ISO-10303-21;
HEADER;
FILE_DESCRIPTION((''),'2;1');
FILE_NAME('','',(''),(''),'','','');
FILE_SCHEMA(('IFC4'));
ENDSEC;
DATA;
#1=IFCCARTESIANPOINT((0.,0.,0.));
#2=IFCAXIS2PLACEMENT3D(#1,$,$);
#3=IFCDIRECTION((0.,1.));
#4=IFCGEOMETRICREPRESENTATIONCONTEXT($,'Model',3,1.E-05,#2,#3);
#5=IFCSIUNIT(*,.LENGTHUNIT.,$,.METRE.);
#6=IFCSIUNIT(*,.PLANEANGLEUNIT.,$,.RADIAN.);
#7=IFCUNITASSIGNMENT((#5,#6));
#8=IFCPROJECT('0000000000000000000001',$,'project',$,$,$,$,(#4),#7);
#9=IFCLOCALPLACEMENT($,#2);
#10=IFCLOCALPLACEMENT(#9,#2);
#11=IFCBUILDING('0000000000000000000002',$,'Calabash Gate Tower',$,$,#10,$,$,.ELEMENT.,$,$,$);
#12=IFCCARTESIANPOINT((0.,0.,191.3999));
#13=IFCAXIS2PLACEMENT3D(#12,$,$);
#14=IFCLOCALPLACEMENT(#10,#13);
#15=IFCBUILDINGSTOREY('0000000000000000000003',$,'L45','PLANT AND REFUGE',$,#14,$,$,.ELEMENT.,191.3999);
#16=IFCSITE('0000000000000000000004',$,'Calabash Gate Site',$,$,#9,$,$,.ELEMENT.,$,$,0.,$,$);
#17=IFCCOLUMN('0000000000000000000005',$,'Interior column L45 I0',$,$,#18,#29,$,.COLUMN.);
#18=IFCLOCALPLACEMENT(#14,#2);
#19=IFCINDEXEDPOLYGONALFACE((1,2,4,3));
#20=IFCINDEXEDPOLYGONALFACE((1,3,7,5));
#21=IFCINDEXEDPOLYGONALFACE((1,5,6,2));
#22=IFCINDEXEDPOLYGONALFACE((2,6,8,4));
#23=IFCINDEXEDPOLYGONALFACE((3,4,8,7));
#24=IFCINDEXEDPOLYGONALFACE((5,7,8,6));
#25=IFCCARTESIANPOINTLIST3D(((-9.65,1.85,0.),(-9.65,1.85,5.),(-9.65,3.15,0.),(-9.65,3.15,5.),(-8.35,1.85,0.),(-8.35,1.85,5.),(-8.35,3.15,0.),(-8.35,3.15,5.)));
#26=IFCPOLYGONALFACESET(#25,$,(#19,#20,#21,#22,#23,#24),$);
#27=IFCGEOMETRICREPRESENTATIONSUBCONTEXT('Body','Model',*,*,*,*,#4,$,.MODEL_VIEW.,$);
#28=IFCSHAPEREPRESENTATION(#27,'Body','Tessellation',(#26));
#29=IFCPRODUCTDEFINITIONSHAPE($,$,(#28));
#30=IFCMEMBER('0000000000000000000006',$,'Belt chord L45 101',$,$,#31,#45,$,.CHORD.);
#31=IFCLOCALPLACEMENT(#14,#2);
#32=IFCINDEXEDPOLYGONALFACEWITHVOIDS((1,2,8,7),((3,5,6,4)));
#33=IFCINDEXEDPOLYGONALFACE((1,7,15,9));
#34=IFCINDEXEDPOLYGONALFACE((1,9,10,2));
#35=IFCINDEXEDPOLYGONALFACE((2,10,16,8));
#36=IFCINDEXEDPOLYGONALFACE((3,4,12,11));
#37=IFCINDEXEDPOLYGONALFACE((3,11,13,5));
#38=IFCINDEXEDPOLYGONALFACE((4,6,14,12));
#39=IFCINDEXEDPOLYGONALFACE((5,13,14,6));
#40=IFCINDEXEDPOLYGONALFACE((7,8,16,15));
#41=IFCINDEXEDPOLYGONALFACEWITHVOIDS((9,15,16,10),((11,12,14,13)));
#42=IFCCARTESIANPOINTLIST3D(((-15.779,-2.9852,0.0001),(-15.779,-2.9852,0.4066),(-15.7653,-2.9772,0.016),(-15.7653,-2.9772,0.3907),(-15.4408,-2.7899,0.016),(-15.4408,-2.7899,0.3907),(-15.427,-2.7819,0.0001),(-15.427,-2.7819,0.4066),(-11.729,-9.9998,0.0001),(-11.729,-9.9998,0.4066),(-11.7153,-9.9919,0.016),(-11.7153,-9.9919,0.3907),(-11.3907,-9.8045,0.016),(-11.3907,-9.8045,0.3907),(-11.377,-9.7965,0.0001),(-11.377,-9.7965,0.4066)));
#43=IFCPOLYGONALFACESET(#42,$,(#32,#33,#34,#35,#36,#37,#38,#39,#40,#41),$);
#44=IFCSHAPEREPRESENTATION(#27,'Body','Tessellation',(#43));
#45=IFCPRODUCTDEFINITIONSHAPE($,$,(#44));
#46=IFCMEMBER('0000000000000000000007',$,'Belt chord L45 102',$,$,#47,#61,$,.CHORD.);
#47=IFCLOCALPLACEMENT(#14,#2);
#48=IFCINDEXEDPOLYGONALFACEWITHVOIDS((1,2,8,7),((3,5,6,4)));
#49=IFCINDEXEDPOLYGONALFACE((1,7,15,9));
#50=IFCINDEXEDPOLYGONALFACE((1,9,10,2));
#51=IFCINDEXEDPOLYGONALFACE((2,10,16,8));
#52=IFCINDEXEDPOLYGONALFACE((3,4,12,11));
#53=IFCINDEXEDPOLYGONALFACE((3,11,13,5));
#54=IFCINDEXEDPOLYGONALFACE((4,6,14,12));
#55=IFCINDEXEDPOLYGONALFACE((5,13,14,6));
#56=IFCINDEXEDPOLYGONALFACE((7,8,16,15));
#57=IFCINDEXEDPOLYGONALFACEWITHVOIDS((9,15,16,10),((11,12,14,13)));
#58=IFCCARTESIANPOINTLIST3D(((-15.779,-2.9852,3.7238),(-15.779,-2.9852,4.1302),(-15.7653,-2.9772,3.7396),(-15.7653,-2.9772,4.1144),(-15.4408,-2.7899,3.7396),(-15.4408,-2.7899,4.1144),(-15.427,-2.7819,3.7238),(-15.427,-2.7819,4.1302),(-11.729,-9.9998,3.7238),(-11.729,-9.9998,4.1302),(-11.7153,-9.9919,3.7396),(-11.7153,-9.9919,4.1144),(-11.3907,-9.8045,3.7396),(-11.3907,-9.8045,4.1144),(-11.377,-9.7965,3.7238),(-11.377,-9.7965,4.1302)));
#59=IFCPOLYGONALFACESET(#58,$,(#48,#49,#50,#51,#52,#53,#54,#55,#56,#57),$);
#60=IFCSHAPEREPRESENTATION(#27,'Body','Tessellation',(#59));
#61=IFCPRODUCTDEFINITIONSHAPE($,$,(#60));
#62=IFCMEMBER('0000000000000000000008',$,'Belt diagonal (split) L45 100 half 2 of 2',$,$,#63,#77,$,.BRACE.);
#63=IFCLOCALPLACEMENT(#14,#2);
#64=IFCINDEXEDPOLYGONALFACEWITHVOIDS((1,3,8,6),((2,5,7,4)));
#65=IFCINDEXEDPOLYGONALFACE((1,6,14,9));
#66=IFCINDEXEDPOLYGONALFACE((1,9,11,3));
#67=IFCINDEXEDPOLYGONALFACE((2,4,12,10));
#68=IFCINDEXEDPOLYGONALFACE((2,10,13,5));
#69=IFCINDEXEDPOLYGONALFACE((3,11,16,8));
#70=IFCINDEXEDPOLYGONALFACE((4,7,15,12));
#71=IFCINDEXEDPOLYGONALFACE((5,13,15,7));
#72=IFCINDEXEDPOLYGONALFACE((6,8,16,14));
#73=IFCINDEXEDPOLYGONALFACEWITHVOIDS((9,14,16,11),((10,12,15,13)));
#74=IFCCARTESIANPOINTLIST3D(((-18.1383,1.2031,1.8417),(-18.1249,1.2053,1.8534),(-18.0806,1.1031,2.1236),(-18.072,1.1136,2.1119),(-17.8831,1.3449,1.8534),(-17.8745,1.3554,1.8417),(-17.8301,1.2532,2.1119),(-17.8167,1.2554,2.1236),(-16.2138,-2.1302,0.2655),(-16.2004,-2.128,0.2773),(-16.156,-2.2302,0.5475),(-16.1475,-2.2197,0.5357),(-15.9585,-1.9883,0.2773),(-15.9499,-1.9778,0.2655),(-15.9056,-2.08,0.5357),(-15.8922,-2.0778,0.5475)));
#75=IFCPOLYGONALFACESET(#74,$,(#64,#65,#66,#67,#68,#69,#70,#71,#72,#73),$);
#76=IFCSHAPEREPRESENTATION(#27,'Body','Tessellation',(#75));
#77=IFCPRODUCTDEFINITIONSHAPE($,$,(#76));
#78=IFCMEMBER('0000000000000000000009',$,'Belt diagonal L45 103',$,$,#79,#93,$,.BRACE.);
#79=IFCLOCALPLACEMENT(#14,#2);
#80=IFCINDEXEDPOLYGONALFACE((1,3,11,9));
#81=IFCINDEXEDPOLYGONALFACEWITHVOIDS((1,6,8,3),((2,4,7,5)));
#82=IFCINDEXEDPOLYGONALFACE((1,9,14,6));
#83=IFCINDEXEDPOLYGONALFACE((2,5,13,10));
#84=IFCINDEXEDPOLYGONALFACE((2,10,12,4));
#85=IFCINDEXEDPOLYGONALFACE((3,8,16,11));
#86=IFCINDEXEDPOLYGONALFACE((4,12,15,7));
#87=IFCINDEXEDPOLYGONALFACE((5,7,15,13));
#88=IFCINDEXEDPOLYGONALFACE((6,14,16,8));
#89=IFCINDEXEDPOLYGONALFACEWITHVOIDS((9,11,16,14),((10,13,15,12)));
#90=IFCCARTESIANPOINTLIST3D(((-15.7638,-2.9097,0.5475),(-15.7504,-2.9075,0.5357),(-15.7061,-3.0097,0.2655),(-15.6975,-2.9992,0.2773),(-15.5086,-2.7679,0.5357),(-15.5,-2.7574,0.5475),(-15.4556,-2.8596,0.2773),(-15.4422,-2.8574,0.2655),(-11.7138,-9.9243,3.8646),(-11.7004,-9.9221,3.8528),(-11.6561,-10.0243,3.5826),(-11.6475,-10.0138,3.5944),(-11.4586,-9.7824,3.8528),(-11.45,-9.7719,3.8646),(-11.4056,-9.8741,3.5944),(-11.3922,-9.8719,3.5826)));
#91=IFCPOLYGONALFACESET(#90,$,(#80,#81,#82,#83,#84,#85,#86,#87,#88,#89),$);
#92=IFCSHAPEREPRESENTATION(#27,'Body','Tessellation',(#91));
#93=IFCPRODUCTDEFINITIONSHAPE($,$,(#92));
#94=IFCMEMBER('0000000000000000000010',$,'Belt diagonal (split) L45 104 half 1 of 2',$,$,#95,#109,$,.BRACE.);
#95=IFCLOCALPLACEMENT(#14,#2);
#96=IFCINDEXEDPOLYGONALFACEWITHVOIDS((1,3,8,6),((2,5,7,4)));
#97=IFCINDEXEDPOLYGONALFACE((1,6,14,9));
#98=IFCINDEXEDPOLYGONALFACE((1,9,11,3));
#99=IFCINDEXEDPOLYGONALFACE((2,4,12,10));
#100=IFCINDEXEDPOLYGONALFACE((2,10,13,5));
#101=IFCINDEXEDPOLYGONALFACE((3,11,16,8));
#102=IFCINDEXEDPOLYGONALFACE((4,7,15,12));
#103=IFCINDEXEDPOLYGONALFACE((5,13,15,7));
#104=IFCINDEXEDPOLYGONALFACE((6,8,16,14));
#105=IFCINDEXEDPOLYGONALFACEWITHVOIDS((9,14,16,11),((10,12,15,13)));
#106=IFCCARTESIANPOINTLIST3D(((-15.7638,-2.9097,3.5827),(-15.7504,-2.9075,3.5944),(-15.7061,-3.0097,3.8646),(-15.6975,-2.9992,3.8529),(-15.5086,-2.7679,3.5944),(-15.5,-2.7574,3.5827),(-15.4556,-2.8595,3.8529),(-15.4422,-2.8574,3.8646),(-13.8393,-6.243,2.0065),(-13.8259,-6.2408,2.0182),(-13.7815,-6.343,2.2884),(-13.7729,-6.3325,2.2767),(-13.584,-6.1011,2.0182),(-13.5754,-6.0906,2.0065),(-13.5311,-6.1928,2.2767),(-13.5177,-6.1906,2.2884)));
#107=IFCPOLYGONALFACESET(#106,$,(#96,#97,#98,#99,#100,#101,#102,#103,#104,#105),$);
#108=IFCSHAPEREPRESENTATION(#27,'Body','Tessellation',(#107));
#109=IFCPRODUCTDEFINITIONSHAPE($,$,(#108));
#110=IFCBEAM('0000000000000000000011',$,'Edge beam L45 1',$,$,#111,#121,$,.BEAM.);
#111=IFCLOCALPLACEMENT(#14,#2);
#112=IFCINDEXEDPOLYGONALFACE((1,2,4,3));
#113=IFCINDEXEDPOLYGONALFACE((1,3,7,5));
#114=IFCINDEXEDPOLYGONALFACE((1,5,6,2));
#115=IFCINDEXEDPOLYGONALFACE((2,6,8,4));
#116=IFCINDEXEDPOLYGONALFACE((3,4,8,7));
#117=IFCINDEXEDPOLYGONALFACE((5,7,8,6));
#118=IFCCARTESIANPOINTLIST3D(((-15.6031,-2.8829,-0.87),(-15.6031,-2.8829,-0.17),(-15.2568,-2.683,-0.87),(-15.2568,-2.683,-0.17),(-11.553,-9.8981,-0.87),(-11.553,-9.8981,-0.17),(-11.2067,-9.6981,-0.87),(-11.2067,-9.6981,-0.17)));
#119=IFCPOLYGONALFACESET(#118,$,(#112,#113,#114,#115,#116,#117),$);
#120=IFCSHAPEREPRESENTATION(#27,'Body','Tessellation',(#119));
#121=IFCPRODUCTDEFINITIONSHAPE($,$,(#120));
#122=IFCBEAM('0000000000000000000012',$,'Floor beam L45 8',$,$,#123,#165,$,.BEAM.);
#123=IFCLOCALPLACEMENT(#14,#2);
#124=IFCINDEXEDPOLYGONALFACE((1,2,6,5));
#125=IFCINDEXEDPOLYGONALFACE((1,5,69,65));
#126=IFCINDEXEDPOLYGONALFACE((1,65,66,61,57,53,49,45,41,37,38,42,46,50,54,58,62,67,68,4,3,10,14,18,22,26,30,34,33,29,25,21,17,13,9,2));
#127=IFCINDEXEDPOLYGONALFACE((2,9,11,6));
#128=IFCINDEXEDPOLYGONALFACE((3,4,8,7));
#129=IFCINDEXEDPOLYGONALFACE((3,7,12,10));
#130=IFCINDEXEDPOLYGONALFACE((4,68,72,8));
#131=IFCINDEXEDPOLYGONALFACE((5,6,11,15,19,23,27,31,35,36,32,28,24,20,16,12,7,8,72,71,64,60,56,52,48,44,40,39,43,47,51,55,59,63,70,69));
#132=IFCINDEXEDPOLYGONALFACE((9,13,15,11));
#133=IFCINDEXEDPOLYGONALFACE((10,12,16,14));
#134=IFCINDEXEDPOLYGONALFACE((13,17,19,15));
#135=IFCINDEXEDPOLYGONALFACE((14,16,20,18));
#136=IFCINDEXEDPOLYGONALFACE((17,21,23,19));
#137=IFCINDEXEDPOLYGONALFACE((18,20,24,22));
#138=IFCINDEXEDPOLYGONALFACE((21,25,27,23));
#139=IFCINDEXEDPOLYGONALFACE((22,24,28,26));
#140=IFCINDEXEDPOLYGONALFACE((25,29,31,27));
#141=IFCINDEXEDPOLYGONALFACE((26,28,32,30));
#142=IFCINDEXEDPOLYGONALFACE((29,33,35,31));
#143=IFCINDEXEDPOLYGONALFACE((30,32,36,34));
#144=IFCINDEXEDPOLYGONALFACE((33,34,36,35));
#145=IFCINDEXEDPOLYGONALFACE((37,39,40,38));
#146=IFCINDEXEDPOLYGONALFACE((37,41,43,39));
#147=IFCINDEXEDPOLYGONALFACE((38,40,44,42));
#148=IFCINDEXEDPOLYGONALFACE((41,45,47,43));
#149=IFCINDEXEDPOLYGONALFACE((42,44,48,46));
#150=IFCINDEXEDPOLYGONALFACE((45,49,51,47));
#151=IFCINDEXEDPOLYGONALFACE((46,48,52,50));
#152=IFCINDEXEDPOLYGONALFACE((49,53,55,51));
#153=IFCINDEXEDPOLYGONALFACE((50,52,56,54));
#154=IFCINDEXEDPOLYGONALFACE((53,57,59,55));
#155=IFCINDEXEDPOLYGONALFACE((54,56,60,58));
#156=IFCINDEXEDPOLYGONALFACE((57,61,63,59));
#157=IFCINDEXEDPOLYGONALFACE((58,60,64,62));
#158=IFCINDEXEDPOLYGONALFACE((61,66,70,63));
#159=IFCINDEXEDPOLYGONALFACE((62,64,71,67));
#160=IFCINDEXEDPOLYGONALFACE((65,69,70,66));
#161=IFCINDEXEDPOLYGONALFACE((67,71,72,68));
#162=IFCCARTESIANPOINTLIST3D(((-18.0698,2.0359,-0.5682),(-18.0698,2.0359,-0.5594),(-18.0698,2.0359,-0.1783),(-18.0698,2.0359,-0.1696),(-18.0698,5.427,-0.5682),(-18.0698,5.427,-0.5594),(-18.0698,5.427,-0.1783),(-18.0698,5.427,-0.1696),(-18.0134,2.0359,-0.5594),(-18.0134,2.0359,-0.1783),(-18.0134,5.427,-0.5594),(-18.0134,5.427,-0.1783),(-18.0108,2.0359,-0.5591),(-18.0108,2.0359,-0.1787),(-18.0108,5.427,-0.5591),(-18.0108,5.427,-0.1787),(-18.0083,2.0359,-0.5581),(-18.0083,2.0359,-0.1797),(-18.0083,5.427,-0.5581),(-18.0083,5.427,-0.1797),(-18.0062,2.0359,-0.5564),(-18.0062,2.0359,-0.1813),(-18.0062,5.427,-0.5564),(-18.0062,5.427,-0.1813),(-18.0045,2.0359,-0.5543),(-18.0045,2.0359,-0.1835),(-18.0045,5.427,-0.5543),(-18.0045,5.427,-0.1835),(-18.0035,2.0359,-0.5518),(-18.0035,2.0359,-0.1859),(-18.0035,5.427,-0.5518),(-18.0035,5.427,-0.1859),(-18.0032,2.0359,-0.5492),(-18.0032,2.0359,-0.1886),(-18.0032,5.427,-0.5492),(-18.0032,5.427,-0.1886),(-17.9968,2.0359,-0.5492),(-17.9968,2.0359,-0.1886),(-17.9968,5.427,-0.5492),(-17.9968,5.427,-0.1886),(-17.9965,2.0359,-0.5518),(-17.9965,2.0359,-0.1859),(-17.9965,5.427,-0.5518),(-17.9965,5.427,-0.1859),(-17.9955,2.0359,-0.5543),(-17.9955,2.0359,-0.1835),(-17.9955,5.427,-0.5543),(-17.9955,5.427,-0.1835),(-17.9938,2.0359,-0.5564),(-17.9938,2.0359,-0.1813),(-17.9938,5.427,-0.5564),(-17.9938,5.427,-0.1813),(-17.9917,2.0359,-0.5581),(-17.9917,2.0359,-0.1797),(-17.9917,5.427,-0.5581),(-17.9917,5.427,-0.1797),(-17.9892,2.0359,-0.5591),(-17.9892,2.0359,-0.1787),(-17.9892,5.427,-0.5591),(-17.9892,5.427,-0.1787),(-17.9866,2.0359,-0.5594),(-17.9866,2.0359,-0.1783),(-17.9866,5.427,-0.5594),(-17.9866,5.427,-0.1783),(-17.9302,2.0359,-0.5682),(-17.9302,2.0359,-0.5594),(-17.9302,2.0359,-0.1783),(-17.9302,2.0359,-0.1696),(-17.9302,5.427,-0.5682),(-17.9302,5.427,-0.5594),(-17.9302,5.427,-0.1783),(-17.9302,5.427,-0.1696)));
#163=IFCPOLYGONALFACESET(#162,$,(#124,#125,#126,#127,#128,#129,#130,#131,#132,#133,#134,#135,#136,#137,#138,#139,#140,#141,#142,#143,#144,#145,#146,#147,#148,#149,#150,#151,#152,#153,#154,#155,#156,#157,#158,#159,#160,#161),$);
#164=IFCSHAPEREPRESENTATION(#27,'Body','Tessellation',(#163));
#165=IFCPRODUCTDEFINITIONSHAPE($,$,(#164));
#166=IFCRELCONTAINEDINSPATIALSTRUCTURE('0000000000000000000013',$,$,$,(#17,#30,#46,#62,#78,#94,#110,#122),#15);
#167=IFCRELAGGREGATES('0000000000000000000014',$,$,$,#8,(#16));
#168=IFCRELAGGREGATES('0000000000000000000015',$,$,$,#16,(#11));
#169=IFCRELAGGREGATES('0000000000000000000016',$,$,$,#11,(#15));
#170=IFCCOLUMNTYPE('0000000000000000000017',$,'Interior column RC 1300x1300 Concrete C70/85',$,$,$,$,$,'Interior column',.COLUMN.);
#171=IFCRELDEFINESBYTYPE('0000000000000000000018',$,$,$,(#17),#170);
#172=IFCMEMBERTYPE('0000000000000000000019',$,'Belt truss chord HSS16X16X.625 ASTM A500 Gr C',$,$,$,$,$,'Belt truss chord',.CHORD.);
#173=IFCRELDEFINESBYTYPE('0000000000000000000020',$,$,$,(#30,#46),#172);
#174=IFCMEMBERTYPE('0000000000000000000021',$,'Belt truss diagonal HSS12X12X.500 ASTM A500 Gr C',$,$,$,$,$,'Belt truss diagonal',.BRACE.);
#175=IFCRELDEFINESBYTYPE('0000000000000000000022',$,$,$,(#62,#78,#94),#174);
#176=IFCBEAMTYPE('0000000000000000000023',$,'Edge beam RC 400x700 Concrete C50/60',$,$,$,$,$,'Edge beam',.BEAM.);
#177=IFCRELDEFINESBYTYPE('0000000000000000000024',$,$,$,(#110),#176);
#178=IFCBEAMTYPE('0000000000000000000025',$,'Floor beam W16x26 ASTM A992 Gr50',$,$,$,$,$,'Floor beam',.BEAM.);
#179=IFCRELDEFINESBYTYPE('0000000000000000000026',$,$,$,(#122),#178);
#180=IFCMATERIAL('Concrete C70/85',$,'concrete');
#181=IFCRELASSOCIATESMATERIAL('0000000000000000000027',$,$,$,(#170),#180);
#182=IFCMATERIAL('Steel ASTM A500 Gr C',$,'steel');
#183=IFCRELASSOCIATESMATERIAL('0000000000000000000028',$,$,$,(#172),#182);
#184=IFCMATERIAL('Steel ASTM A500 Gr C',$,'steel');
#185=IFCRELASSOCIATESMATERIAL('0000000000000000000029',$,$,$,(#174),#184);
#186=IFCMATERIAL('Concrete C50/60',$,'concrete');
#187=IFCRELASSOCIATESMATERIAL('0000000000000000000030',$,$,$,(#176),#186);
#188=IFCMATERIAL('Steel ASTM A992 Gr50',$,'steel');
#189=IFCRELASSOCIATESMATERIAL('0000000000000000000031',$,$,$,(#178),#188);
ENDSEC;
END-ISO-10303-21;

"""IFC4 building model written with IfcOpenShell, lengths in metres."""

from ifc_helpers import new_model, si_unit, direction, frame, origin, origin_2d, place, context, subcontext, project, spatial, rectangle, hollow_rectangle, i_section, extrude, material, material_profile, profile_set, type_object, element, save


model = new_model("IFC4")

# Units and contexts
model_context = context("Model", 3, precision=1e-05, world=origin(), true_north=direction((0.0, 1.0)))
body_context = subcontext(model_context, "Body", "Model", "MODEL_VIEW")
ifc_project = project(units=[si_unit("LENGTHUNIT", "METRE"), si_unit("PLANEANGLEUNIT", "RADIAN")], contexts=[model_context])

# Site, building, storey
site_placement = place(None, origin())
site = spatial("IfcSite", under=ifc_project, at=site_placement, Name="Calabash Gate Site", CompositionType="ELEMENT", RefElevation=0.0)
building_placement = place(site_placement, origin())
building = spatial("IfcBuilding", under=site, at=building_placement, Name="Calabash Gate Tower", CompositionType="ELEMENT")
storey_placement = place(building_placement, frame((0.0, 0.0, 191.3999)))
storey = spatial("IfcBuildingStorey", under=building, at=storey_placement, Name="L45", Description="PLANT AND REFUGE", CompositionType="ELEMENT", Elevation=191.3999)

# Column
ifc_material_1 = material(Name="Concrete C70/85", Category="concrete")
ifc_material_profile_1 = material_profile(ifc_material_1, rectangle(XDim=1.3, YDim=1.3, at=origin_2d()))
ifc_profile_set_1 = profile_set([ifc_material_profile_1], Name="Concrete C70/85")
column_type_1 = type_object("IfcColumnType", Name="Interior column RC 1300x1300 Concrete C70/85", ElementType="Interior column", PredefinedType="COLUMN", material=ifc_profile_set_1)
column_1_placement = place(storey_placement, frame((-9.0, 2.5, 0.0), z_axis=(0.0, 0.0, 1.0), x_axis=(1.0, 0.0, 0.0)))
element("IfcColumn", 1, at=column_1_placement, inside=storey, type_object=column_type_1, Name="Interior column L45 I0", PredefinedType="COLUMN", context=body_context, shape_type="SweptSolid", body=[
    extrude(rectangle(XDim=1.3, YDim=1.3, at=origin_2d()), origin(), (0.0, 0.0, 1.0), 5.0),
])

# Members
ifc_material_2 = material(Name="Steel ASTM A500 Gr C", Category="steel")
ifc_material_profile_2 = material_profile(ifc_material_2, hollow_rectangle(XDim=0.4065, YDim=0.4065, WallThickness=0.0159, at=origin_2d()))
ifc_profile_set_2 = profile_set([ifc_material_profile_2], Name="Steel ASTM A500 Gr C")
member_type_1 = type_object("IfcMemberType", Name="Belt truss chord HSS16X16X.625 ASTM A500 Gr C", ElementType="Belt truss chord", PredefinedType="CHORD", material=ifc_profile_set_2)
for number, where, z_axis, x_axis, name in (
    (2, (-15.603, -2.8835, 0.2034), (0.500013, -0.866018, 0.0), (0.866018, 0.500013, 0.0), "Belt chord L45 101"),
    (3, (-15.603, -2.8835, 3.927), (0.500013, -0.866018, 0.0), (0.866018, 0.500013, 0.0), "Belt chord L45 102"),
):
    element("IfcMember", number, at=place(storey_placement, frame(where, z_axis=z_axis, x_axis=x_axis)), inside=storey, type_object=member_type_1, Name=name, PredefinedType="CHORD", context=body_context, shape_type="SweptSolid", body=[
        extrude(hollow_rectangle(XDim=0.4065, YDim=0.4065, WallThickness=0.0159, at=origin_2d()), origin(), (0.0, 0.0, 1.0), 8.0999),
    ])
ifc_material_3 = material(Name="Steel ASTM A500 Gr C", Category="steel")
ifc_material_profile_3 = material_profile(ifc_material_3, hollow_rectangle(XDim=0.3047, YDim=0.3047, WallThickness=0.0127, at=origin_2d()))
ifc_profile_set_3 = profile_set([ifc_material_profile_3], Name="Steel ASTM A500 Gr C")
member_type_2 = type_object("IfcMemberType", Name="Belt truss diagonal HSS12X12X.500 ASTM A500 Gr C", ElementType="Belt truss diagonal", PredefinedType="BRACE", material=ifc_profile_set_3)
member_1_placement = place(storey_placement, frame((-17.9775, 1.2292, 1.9827), z_axis=(0.462725, -0.80142, -0.378962), x_axis=(0.866013, 0.500021, 0.0)))
element("IfcMember", 4, at=member_1_placement, inside=storey, type_object=member_type_2, Name="Belt diagonal (split) L45 100 half 2 of 2", PredefinedType="BRACE", context=body_context, shape_type="SweptSolid", body=[
    extrude(hollow_rectangle(XDim=0.3047, YDim=0.3047, WallThickness=0.0127, at=origin_2d()), origin(), (0.0, 0.0, 1.0), 4.1592),
])
member_2_placement = place(storey_placement, frame((-15.603, -2.8835, 0.4065), z_axis=(0.462714, -0.801417, 0.37898), x_axis=(0.866018, 0.500013, 0.0)))
element("IfcMember", 5, at=member_2_placement, inside=storey, type_object=member_type_2, Name="Belt diagonal L45 103", PredefinedType="BRACE", context=body_context, shape_type="SweptSolid", body=[
    extrude(hollow_rectangle(XDim=0.3047, YDim=0.3047, WallThickness=0.0127, at=origin_2d()), origin(), (0.0, 0.0, 1.0), 8.7527),
])
member_3_placement = place(storey_placement, frame((-15.603, -2.8835, 3.7236), z_axis=(0.462725, -0.80142, -0.378962), x_axis=(0.866013, 0.500021, 0.0)))
element("IfcMember", 6, at=member_3_placement, inside=storey, type_object=member_type_2, Name="Belt diagonal (split) L45 104 half 1 of 2", PredefinedType="BRACE", context=body_context, shape_type="SweptSolid", body=[
    extrude(hollow_rectangle(XDim=0.3047, YDim=0.3047, WallThickness=0.0127, at=origin_2d()), origin(), (0.0, 0.0, 1.0), 4.1592),
])

# Beams
ifc_material_4 = material(Name="Concrete C50/60", Category="concrete")
ifc_material_profile_4 = material_profile(ifc_material_4, rectangle(XDim=0.3999, YDim=0.7, at=origin_2d()))
ifc_profile_set_4 = profile_set([ifc_material_profile_4], Name="Concrete C50/60")
beam_type_1 = type_object("IfcBeamType", Name="Edge beam RC 400x700 Concrete C50/60", ElementType="Edge beam", PredefinedType="BEAM", material=ifc_profile_set_4)
beam_1_placement = place(storey_placement, frame((-15.4299, -2.783, -0.52), z_axis=(0.499987, -0.866033, 0.0), x_axis=(0.866033, 0.499987, 0.0)))
element("IfcBeam", 7, at=beam_1_placement, inside=storey, type_object=beam_type_1, Name="Edge beam L45 1", PredefinedType="BEAM", context=body_context, shape_type="SweptSolid", body=[
    extrude(rectangle(XDim=0.3999, YDim=0.7, at=origin_2d()), origin(), (0.0, 0.0, 1.0), 8.1003),
])
ifc_material_5 = material(Name="Steel ASTM A992 Gr50", Category="steel")
ifc_material_profile_5 = material_profile(ifc_material_5, i_section(OverallWidth=0.1396, OverallDepth=0.3987, WebThickness=0.0063, FlangeThickness=0.0088, FilletRadius=0.0103, at=origin_2d()))
ifc_profile_set_5 = profile_set([ifc_material_profile_5], Name="Steel ASTM A992 Gr50")
beam_type_2 = type_object("IfcBeamType", Name="Floor beam W16x26 ASTM A992 Gr50", ElementType="Floor beam", PredefinedType="BEAM", material=ifc_profile_set_5)
beam_2_placement = place(storey_placement, frame((-18.0, 2.0359, -0.3689), z_axis=(0.0, 1.0, 0.0), x_axis=(-1.0, 0.0, 0.0)))
element("IfcBeam", 8, at=beam_2_placement, inside=storey, type_object=beam_type_2, Name="Floor beam L45 8", PredefinedType="BEAM", context=body_context, shape_type="SweptSolid", body=[
    extrude(i_section(OverallWidth=0.1396, OverallDepth=0.3987, WebThickness=0.0063, FlangeThickness=0.0088, FilletRadius=0.0103, at=origin_2d()), origin(), (0.0, 0.0, 1.0), 3.3911),
])

save(model, "model.ifc")
